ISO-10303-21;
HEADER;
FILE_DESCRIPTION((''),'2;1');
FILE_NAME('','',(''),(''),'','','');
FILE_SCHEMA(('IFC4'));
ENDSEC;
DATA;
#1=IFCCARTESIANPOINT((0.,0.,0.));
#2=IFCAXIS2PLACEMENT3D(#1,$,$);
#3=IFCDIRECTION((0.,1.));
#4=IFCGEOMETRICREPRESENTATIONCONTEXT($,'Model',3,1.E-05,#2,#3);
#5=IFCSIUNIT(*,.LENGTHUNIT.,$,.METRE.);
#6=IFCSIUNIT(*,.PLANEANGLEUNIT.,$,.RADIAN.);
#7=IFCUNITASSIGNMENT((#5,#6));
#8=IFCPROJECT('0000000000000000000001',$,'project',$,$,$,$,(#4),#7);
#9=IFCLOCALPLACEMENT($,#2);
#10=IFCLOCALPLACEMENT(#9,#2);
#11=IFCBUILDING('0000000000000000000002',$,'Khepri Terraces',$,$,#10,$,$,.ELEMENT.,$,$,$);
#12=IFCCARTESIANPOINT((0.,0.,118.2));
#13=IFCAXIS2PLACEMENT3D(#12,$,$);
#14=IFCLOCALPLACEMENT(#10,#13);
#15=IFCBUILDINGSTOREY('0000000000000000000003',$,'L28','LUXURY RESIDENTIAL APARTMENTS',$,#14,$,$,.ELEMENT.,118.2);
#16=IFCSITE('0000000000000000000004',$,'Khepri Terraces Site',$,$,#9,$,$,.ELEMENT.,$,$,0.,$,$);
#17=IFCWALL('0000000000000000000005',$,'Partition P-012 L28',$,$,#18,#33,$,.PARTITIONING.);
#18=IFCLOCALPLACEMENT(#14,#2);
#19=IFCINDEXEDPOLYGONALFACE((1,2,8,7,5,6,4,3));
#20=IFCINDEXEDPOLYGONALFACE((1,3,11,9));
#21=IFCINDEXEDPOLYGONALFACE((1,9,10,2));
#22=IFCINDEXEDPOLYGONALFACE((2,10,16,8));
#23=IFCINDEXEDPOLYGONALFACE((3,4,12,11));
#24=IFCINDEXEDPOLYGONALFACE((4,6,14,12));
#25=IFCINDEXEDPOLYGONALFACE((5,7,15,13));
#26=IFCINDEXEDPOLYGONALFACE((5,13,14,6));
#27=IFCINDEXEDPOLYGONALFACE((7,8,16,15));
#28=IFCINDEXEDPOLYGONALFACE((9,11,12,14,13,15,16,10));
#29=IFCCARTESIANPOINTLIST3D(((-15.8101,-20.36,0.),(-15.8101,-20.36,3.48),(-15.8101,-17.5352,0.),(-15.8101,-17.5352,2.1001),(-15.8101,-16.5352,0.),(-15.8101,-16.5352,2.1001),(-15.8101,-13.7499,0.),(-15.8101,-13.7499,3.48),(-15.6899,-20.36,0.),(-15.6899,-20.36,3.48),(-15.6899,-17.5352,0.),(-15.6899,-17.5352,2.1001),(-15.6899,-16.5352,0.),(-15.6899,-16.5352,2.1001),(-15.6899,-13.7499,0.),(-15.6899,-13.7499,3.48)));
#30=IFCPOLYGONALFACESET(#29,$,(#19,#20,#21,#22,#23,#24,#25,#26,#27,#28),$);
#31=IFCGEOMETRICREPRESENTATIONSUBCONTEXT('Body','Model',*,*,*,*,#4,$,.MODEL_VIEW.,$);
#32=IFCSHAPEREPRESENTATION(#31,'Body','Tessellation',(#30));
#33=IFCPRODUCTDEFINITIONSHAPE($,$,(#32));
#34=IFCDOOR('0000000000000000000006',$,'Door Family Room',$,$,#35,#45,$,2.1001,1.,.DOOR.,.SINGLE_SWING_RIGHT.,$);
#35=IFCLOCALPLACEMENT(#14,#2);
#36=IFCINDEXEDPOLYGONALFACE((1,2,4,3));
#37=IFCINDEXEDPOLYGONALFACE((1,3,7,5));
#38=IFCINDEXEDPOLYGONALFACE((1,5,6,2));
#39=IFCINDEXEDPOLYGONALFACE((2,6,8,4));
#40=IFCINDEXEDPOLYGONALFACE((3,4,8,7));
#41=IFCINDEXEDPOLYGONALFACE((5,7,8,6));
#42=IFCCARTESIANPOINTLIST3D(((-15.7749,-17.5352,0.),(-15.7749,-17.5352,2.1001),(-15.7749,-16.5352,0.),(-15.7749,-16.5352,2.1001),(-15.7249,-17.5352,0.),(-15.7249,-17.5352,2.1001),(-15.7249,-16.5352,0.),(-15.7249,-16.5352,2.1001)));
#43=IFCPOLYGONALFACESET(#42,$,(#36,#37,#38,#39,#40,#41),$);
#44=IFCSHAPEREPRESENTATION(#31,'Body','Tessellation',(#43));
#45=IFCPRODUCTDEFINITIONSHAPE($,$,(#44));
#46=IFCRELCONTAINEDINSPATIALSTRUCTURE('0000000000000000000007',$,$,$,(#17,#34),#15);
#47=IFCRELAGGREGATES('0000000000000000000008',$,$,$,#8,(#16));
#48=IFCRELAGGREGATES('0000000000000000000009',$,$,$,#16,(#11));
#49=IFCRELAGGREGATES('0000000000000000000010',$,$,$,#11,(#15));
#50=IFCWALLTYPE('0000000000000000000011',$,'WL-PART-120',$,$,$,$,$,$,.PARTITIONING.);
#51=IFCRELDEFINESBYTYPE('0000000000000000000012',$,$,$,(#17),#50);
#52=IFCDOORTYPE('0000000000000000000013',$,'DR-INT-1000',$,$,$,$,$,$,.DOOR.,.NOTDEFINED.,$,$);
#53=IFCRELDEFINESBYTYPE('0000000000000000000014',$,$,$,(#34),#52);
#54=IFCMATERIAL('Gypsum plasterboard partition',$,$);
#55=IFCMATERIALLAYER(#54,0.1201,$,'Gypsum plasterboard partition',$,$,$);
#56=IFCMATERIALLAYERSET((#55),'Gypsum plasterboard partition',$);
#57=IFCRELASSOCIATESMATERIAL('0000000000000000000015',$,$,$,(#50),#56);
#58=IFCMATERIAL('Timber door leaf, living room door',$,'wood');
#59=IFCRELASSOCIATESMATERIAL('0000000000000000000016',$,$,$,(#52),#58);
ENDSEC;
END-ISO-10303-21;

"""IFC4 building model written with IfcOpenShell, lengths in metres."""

from ifc_helpers import new_model, si_unit, direction, frame, frame_2d, origin, place, context, subcontext, project, spatial, rectangle, extrude, material, layer, layer_set, type_object, element, fill, save


model = new_model("IFC4")

# Units and contexts
model_context = context("Model", 3, precision=1e-05, world=origin(), true_north=direction((0.0, 1.0)))
body_context = subcontext(model_context, "Body", "Model", "MODEL_VIEW")
ifc_project = project(units=[si_unit("LENGTHUNIT", "METRE"), si_unit("PLANEANGLEUNIT", "RADIAN")], contexts=[model_context])

# Site, building, storey
site_placement = place(None, origin())
site = spatial("IfcSite", under=ifc_project, at=site_placement, Name="Khepri Terraces Site", CompositionType="ELEMENT", RefElevation=0.0)
building_placement = place(site_placement, origin())
building = spatial("IfcBuilding", under=site, at=building_placement, Name="Khepri Terraces", CompositionType="ELEMENT")
storey_placement = place(building_placement, frame((0.0, 0.0, 118.2)))
storey = spatial("IfcBuildingStorey", under=building, at=storey_placement, Name="L28", Description="LUXURY RESIDENTIAL APARTMENTS", CompositionType="ELEMENT", Elevation=118.2)

# Shared definitions
ifc_material_1 = material(Name="Gypsum plasterboard partition")
ifc_layer_1 = layer(ifc_material_1, 0.1201, Name="Gypsum plasterboard partition")
ifc_layer_set_1 = layer_set([ifc_layer_1], Name="Gypsum plasterboard partition")
wall_type_1 = type_object("IfcWallType", Name="WL-PART-120", PredefinedType="PARTITIONING", material=ifc_layer_set_1)
ifc_material_2 = material(Name="Timber door leaf, living room door", Category="wood")
door_type_1 = type_object("IfcDoorType", Name="DR-INT-1000", OperationType="NOTDEFINED", PredefinedType="DOOR", material=ifc_material_2)

# Wall, opening, door
wall_1_placement = place(storey_placement, frame((-15.75, -20.3601, 0.0), z_axis=(0.0, 0.0, 1.0), x_axis=(0.0, 1.0, 0.0)))
wall_1 = element("IfcWall", 1, at=wall_1_placement, inside=storey, type_object=wall_type_1, Name="Partition P-012 L28", PredefinedType="PARTITIONING", context=body_context, shape_type="SweptSolid", body=[
    extrude(rectangle(XDim=6.6101, YDim=0.1201, at=frame_2d((3.3052, 0.0))), origin(), (0.0, 0.0, 1.0), 3.48),
])
opening_1_placement = place(wall_1_placement, frame((2.825, 0.0, 0.0)))
opening_1 = element("IfcOpeningElement", 2, at=opening_1_placement, cuts=wall_1, PredefinedType="OPENING", context=body_context, shape_type="SweptSolid", body=[
    extrude(rectangle(XDim=1.0, YDim=2.1001, at=frame_2d((0.5, 1.05))), frame((0.0, 0.0701, 0.0), z_axis=(0.0, -1.0, 0.0), x_axis=(1.0, 0.0, 0.0)), (0.0, 0.0, 1.0), 0.1401),
])
door_1_placement = place(opening_1_placement, origin())
door_1 = element("IfcDoor", 3, at=door_1_placement, inside=storey, type_object=door_type_1, Name="Door Family Room", OperationType="SINGLE_SWING_RIGHT", OverallHeight=2.1001, OverallWidth=1.0, PredefinedType="DOOR", context=body_context, shape_type="SweptSolid", body=[
    extrude(rectangle(XDim=1.0, YDim=2.1001, at=frame_2d((0.5, 1.05))), frame((0.0, 0.0249, 0.0), z_axis=(0.0, -1.0, 0.0), x_axis=(1.0, 0.0, 0.0)), (0.0, 0.0, 1.0), 0.05),
])
fill(opening_1, door_1)

save(model, "model.ifc")
